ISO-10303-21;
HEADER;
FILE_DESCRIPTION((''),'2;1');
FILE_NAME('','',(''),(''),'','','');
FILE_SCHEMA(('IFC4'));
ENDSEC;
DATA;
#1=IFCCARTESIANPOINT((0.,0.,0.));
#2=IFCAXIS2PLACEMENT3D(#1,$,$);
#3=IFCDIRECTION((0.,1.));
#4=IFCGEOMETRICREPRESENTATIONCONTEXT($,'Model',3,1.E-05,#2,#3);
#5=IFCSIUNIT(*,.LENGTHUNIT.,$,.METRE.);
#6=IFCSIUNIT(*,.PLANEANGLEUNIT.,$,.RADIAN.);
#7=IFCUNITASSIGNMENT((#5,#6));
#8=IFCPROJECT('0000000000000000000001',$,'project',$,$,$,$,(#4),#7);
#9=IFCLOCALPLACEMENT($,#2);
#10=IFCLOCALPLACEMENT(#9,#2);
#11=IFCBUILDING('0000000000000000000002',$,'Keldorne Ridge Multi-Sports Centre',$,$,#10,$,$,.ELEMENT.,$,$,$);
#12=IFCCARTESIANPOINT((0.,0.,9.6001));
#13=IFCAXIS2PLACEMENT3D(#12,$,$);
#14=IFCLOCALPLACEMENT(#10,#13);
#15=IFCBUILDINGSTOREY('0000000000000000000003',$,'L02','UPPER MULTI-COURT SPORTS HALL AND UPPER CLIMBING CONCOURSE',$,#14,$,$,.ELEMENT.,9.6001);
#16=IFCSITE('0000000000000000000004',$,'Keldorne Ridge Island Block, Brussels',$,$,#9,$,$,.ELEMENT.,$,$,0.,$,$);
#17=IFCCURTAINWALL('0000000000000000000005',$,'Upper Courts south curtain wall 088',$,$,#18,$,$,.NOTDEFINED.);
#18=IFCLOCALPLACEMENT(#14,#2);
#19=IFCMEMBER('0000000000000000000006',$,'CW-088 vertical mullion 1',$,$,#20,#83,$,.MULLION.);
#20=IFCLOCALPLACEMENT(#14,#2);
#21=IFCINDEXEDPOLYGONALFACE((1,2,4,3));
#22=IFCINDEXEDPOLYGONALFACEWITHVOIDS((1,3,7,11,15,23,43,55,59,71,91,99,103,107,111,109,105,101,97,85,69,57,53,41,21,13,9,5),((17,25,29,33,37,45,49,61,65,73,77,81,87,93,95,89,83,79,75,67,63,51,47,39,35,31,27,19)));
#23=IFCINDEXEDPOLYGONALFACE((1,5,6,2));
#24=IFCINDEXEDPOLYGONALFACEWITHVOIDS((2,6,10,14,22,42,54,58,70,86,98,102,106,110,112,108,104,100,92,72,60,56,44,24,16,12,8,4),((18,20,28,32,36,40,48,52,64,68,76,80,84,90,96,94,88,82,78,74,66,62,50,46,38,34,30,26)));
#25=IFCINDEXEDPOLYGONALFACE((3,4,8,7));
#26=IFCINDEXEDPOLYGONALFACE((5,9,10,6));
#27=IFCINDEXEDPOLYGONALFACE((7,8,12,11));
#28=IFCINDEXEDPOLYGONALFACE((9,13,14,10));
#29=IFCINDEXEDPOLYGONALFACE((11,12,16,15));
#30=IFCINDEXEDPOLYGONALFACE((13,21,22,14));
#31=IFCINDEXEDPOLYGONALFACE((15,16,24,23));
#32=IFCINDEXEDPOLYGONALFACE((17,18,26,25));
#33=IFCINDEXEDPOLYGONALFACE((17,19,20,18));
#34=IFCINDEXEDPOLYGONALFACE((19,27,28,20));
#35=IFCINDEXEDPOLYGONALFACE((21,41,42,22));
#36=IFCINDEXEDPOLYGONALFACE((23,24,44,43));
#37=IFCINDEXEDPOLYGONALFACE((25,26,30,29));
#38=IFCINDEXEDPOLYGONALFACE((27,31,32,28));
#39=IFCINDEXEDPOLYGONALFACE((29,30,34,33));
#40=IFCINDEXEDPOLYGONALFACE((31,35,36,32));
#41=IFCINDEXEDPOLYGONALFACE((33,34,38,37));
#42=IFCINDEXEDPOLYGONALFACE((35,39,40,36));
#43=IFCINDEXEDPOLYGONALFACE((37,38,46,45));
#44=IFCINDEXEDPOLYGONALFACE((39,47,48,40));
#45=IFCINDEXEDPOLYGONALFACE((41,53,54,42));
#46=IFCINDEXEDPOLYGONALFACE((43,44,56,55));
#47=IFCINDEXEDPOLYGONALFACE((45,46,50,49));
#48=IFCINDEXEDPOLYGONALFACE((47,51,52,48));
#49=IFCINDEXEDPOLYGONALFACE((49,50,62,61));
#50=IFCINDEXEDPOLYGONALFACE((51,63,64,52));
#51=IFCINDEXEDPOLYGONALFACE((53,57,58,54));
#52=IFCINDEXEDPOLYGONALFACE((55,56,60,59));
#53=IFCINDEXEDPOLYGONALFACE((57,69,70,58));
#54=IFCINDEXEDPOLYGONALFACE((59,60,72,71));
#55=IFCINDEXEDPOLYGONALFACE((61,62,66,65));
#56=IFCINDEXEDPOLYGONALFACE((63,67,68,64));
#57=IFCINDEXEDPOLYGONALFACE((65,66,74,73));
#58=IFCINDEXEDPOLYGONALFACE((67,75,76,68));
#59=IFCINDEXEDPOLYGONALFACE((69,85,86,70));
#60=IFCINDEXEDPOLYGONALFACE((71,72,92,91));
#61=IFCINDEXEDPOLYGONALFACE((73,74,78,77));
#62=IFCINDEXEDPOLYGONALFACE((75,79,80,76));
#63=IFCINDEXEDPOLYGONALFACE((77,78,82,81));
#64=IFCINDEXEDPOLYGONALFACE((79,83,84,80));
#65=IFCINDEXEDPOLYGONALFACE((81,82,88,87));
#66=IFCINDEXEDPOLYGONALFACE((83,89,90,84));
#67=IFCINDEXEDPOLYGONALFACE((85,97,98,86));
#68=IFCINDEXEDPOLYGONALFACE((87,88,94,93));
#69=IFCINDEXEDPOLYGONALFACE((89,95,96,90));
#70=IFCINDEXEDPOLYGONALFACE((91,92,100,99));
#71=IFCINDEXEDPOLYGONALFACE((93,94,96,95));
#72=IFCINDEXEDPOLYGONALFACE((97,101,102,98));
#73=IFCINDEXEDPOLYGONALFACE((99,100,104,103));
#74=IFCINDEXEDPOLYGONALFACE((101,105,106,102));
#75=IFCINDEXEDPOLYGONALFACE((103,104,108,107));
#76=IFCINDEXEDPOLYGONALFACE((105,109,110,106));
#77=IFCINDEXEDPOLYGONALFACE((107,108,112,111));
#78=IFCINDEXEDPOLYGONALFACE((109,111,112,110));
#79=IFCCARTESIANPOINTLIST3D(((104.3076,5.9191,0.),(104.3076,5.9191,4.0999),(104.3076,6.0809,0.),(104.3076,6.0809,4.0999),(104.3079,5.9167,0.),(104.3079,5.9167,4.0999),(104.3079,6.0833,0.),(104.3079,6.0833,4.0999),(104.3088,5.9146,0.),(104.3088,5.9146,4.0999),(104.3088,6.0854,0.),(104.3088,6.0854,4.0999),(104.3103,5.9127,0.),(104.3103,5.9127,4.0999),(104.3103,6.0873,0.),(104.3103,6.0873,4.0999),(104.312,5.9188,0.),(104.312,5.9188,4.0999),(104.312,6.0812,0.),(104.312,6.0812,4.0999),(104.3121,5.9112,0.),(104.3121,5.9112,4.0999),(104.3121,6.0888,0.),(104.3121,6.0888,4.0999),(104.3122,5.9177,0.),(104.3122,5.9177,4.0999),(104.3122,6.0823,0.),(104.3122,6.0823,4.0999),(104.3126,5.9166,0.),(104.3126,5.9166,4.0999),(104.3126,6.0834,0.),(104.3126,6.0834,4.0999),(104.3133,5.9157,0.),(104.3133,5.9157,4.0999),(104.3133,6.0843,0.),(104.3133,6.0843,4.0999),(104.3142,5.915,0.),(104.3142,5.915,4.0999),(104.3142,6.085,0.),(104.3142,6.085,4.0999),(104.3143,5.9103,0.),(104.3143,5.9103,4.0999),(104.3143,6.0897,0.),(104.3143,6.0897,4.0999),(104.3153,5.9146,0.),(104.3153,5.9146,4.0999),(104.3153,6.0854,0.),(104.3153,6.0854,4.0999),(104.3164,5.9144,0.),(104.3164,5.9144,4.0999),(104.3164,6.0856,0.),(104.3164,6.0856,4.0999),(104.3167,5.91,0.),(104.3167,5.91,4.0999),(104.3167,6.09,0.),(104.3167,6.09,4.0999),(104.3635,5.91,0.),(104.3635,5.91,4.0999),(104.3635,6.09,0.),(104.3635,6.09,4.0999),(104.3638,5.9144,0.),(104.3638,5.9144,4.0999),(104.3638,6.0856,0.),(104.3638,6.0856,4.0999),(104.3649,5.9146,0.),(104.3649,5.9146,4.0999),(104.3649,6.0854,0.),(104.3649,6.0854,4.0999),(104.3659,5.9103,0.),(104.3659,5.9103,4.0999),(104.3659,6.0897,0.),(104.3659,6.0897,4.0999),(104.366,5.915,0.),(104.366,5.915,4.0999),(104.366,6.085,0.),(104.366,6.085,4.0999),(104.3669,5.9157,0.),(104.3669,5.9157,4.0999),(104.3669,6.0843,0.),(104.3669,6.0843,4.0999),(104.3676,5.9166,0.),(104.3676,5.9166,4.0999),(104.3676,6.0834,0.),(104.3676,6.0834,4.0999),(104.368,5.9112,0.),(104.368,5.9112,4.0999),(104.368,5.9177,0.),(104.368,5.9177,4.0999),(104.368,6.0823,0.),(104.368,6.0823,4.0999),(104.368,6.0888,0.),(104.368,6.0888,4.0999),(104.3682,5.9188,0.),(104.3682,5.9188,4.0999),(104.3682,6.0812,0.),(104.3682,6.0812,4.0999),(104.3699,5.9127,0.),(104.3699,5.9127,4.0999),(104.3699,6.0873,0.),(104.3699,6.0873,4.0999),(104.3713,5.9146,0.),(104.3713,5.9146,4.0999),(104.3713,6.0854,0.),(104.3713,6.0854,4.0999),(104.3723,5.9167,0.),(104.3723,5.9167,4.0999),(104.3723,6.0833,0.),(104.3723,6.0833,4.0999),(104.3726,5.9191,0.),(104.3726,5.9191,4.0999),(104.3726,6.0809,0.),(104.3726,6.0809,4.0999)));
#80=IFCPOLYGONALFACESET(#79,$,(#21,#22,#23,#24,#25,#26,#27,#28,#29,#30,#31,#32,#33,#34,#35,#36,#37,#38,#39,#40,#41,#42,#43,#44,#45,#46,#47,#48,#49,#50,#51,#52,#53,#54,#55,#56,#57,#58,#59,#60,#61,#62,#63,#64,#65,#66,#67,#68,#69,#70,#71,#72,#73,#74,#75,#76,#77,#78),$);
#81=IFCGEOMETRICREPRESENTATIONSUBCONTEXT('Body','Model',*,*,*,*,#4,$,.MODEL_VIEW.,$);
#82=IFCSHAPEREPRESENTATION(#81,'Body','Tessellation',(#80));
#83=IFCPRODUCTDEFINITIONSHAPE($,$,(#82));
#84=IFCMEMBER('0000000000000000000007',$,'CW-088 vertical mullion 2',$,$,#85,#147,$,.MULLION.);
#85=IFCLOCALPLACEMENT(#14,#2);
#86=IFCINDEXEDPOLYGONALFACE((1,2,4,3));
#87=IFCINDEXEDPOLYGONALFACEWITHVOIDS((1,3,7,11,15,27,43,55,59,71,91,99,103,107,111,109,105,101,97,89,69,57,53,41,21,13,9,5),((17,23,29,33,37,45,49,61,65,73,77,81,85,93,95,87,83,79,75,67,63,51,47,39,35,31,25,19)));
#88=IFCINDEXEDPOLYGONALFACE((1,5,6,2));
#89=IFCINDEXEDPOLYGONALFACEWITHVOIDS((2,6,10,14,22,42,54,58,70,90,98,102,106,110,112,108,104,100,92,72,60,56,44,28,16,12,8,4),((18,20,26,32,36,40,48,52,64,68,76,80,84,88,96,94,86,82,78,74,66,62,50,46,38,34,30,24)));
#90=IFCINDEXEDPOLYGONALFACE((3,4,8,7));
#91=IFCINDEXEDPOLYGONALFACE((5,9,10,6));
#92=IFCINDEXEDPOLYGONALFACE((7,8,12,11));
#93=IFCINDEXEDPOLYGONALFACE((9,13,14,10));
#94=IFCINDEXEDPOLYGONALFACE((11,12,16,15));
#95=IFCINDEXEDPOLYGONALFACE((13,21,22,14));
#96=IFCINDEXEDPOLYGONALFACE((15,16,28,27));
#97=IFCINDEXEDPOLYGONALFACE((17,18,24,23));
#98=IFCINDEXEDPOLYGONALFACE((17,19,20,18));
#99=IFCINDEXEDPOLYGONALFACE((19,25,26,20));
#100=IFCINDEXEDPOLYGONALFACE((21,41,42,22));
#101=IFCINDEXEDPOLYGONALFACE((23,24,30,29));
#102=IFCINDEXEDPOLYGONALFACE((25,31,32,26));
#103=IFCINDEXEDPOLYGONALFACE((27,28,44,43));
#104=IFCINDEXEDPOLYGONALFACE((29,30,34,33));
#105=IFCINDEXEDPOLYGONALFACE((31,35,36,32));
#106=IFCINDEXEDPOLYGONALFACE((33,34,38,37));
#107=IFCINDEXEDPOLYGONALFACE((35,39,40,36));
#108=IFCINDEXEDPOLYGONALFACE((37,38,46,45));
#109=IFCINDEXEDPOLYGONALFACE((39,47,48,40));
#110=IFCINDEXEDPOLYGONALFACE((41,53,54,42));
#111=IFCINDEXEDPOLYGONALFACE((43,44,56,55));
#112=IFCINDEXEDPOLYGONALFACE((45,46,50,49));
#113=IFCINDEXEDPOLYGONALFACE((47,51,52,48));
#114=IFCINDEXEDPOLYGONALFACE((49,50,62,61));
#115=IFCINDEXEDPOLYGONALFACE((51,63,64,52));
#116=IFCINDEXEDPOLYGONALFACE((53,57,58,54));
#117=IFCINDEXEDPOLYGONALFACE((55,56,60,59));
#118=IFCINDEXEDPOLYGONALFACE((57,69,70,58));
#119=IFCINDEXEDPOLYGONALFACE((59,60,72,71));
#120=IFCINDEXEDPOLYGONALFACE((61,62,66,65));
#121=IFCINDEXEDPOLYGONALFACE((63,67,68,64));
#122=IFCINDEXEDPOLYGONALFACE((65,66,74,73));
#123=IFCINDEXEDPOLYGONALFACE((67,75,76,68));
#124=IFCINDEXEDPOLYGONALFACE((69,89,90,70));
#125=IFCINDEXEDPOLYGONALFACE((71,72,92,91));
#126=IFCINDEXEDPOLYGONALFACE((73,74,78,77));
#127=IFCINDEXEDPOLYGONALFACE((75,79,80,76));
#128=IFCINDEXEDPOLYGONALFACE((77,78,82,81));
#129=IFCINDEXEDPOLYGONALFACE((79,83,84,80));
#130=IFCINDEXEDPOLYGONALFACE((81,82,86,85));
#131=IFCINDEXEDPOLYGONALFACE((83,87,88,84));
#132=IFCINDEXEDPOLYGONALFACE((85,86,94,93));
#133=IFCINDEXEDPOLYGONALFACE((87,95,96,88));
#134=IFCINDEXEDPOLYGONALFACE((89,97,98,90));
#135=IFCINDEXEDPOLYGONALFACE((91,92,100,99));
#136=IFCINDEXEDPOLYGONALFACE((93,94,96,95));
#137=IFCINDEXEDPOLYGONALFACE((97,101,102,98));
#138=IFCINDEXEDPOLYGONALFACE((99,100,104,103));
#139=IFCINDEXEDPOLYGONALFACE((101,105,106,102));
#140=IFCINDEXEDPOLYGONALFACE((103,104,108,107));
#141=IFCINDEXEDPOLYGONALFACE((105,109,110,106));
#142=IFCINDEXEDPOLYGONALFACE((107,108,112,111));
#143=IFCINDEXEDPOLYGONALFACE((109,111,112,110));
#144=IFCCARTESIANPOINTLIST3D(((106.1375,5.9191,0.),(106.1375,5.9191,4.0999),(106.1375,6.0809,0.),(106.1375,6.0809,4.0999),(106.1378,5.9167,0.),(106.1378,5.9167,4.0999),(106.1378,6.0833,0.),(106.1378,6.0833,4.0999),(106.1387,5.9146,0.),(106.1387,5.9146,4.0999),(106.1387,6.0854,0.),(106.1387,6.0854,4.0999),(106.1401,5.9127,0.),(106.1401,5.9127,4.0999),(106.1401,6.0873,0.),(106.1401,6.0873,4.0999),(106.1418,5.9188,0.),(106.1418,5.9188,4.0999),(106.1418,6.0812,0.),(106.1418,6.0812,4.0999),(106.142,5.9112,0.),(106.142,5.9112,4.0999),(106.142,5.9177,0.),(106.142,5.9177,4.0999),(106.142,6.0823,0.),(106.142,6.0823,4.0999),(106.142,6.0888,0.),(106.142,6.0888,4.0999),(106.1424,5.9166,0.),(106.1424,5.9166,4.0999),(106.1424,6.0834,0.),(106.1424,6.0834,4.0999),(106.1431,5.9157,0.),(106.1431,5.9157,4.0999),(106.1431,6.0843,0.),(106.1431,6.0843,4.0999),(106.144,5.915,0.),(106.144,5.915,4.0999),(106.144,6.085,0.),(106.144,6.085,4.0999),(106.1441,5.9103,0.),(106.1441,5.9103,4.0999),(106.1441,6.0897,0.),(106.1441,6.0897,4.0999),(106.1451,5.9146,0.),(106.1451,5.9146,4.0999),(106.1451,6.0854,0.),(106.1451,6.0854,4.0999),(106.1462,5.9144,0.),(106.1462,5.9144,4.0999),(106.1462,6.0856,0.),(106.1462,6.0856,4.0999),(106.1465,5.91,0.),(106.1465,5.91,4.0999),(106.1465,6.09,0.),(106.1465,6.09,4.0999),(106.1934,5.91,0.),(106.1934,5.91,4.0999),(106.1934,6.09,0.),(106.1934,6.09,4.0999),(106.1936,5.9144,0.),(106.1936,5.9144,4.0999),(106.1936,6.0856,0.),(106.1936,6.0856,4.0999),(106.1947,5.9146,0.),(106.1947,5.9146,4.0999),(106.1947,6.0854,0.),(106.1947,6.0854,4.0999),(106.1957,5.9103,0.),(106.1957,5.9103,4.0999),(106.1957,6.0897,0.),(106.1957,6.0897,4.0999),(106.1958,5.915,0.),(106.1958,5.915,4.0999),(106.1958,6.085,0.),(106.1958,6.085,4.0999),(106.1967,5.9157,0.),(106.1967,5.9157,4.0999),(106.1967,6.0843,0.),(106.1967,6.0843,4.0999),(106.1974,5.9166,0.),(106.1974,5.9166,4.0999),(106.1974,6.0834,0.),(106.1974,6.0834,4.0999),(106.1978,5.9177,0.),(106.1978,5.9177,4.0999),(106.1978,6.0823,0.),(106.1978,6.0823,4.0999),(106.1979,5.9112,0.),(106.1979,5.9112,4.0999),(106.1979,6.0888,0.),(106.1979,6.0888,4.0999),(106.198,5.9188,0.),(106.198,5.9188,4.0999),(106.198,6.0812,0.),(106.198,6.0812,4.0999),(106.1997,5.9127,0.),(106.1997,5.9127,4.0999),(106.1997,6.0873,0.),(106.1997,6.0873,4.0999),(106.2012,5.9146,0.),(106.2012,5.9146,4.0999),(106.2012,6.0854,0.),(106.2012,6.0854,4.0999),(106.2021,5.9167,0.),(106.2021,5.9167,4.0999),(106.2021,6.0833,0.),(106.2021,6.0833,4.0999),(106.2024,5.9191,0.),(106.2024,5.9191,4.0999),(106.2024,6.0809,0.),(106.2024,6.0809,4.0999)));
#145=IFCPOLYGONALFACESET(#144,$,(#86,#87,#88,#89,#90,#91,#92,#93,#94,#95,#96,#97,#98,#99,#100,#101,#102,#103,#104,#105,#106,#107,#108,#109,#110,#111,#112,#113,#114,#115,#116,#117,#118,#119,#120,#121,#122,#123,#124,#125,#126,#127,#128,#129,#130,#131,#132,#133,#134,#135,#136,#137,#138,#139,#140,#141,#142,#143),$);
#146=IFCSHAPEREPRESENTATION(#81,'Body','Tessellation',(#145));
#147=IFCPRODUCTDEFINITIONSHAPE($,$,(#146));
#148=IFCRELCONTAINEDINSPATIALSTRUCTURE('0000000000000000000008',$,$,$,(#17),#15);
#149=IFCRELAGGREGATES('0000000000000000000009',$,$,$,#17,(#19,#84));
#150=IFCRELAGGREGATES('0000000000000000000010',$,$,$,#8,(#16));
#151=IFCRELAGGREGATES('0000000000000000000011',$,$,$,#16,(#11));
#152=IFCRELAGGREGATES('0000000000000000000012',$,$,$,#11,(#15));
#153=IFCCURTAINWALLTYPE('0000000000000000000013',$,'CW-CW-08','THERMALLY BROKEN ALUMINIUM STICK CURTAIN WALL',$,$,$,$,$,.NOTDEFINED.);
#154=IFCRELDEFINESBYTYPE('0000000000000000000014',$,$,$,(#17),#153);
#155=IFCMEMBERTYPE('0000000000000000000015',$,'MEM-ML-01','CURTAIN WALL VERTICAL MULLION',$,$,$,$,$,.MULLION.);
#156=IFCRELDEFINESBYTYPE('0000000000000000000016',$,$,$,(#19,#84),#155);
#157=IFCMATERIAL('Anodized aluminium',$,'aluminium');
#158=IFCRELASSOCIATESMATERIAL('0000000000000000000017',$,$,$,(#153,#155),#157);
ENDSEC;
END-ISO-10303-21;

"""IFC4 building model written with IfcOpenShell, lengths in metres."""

from ifc_helpers import new_model, si_unit, direction, frame, origin, origin_2d, place, context, subcontext, project, spatial, hollow_rectangle, extrude, material, material_profile, profile_set, type_object, element, aggregate, save


model = new_model("IFC4")

# Units and contexts
model_context = context("Model", 3, precision=1e-05, world=origin(), true_north=direction((0.0, 1.0)))
body_context = subcontext(model_context, "Body", "Model", "MODEL_VIEW")
ifc_project = project(units=[si_unit("LENGTHUNIT", "METRE"), si_unit("PLANEANGLEUNIT", "RADIAN")], contexts=[model_context])

# Site, building, storey
site_placement = place(None, origin())
site = spatial("IfcSite", under=ifc_project, at=site_placement, Name="Keldorne Ridge Island Block, Brussels", CompositionType="ELEMENT", RefElevation=0.0)
building_placement = place(site_placement, origin())
building = spatial("IfcBuilding", under=site, at=building_placement, Name="Keldorne Ridge Multi-Sports Centre", CompositionType="ELEMENT")
storey_placement = place(building_placement, frame((0.0, 0.0, 9.6001)))
storey = spatial("IfcBuildingStorey", under=building, at=storey_placement, Name="L02", Description="UPPER MULTI-COURT SPORTS HALL AND UPPER CLIMBING CONCOURSE", CompositionType="ELEMENT", Elevation=9.6001)

# Curtain wall, members
ifc_material_1 = material(Name="Anodized aluminium", Category="aluminium")
curtain_wall_type = type_object("IfcCurtainWallType", Name="CW-CW-08", Description="THERMALLY BROKEN ALUMINIUM STICK CURTAIN WALL", PredefinedType="NOTDEFINED", material=ifc_material_1)
curtain_wall_placement = place(storey_placement, origin())
curtain_wall = element("IfcCurtainWall", 1, at=curtain_wall_placement, inside=storey, type_object=curtain_wall_type, Name="Upper Courts south curtain wall 088", PredefinedType="NOTDEFINED")
ifc_material_profile_1 = material_profile(ifc_material_1, hollow_rectangle(XDim=0.0649, YDim=0.1799, WallThickness=0.0044, InnerFilletRadius=0.0044, OuterFilletRadius=0.009, at=origin_2d()), Name="ALU MULLION 180x65x4.5")
ifc_profile_set_1 = profile_set([ifc_material_profile_1], Name="Anodized aluminium")
member_type_1 = type_object("IfcMemberType", Name="MEM-ML-01", Description="CURTAIN WALL VERTICAL MULLION", PredefinedType="MULLION", material=ifc_profile_set_1)
member_1_placement = place(storey_placement, frame((104.3401, 6.0, 0.0), z_axis=(0.0, 0.0, 1.0), x_axis=(1.0, 0.0, 0.0)))
member_1 = element("IfcMember", 2, at=member_1_placement, type_object=member_type_1, Name="CW-088 vertical mullion 1", PredefinedType="MULLION", context=body_context, shape_type="SweptSolid", body=[
    extrude(hollow_rectangle(XDim=0.0649, YDim=0.1799, WallThickness=0.0044, InnerFilletRadius=0.0044, OuterFilletRadius=0.009, at=origin_2d()), origin(), (0.0, 0.0, 1.0), 4.0999),
])
member_2_placement = place(storey_placement, frame((106.1699, 6.0, 0.0), z_axis=(0.0, 0.0, 1.0), x_axis=(1.0, 0.0, 0.0)))
member_2 = element("IfcMember", 3, at=member_2_placement, type_object=member_type_1, Name="CW-088 vertical mullion 2", PredefinedType="MULLION", context=body_context, shape_type="SweptSolid", body=[
    extrude(hollow_rectangle(XDim=0.0649, YDim=0.1799, WallThickness=0.0044, InnerFilletRadius=0.0044, OuterFilletRadius=0.009, at=origin_2d()), origin(), (0.0, 0.0, 1.0), 4.0999),
])
aggregate(curtain_wall, [member_1, member_2])

save(model, "model.ifc")
